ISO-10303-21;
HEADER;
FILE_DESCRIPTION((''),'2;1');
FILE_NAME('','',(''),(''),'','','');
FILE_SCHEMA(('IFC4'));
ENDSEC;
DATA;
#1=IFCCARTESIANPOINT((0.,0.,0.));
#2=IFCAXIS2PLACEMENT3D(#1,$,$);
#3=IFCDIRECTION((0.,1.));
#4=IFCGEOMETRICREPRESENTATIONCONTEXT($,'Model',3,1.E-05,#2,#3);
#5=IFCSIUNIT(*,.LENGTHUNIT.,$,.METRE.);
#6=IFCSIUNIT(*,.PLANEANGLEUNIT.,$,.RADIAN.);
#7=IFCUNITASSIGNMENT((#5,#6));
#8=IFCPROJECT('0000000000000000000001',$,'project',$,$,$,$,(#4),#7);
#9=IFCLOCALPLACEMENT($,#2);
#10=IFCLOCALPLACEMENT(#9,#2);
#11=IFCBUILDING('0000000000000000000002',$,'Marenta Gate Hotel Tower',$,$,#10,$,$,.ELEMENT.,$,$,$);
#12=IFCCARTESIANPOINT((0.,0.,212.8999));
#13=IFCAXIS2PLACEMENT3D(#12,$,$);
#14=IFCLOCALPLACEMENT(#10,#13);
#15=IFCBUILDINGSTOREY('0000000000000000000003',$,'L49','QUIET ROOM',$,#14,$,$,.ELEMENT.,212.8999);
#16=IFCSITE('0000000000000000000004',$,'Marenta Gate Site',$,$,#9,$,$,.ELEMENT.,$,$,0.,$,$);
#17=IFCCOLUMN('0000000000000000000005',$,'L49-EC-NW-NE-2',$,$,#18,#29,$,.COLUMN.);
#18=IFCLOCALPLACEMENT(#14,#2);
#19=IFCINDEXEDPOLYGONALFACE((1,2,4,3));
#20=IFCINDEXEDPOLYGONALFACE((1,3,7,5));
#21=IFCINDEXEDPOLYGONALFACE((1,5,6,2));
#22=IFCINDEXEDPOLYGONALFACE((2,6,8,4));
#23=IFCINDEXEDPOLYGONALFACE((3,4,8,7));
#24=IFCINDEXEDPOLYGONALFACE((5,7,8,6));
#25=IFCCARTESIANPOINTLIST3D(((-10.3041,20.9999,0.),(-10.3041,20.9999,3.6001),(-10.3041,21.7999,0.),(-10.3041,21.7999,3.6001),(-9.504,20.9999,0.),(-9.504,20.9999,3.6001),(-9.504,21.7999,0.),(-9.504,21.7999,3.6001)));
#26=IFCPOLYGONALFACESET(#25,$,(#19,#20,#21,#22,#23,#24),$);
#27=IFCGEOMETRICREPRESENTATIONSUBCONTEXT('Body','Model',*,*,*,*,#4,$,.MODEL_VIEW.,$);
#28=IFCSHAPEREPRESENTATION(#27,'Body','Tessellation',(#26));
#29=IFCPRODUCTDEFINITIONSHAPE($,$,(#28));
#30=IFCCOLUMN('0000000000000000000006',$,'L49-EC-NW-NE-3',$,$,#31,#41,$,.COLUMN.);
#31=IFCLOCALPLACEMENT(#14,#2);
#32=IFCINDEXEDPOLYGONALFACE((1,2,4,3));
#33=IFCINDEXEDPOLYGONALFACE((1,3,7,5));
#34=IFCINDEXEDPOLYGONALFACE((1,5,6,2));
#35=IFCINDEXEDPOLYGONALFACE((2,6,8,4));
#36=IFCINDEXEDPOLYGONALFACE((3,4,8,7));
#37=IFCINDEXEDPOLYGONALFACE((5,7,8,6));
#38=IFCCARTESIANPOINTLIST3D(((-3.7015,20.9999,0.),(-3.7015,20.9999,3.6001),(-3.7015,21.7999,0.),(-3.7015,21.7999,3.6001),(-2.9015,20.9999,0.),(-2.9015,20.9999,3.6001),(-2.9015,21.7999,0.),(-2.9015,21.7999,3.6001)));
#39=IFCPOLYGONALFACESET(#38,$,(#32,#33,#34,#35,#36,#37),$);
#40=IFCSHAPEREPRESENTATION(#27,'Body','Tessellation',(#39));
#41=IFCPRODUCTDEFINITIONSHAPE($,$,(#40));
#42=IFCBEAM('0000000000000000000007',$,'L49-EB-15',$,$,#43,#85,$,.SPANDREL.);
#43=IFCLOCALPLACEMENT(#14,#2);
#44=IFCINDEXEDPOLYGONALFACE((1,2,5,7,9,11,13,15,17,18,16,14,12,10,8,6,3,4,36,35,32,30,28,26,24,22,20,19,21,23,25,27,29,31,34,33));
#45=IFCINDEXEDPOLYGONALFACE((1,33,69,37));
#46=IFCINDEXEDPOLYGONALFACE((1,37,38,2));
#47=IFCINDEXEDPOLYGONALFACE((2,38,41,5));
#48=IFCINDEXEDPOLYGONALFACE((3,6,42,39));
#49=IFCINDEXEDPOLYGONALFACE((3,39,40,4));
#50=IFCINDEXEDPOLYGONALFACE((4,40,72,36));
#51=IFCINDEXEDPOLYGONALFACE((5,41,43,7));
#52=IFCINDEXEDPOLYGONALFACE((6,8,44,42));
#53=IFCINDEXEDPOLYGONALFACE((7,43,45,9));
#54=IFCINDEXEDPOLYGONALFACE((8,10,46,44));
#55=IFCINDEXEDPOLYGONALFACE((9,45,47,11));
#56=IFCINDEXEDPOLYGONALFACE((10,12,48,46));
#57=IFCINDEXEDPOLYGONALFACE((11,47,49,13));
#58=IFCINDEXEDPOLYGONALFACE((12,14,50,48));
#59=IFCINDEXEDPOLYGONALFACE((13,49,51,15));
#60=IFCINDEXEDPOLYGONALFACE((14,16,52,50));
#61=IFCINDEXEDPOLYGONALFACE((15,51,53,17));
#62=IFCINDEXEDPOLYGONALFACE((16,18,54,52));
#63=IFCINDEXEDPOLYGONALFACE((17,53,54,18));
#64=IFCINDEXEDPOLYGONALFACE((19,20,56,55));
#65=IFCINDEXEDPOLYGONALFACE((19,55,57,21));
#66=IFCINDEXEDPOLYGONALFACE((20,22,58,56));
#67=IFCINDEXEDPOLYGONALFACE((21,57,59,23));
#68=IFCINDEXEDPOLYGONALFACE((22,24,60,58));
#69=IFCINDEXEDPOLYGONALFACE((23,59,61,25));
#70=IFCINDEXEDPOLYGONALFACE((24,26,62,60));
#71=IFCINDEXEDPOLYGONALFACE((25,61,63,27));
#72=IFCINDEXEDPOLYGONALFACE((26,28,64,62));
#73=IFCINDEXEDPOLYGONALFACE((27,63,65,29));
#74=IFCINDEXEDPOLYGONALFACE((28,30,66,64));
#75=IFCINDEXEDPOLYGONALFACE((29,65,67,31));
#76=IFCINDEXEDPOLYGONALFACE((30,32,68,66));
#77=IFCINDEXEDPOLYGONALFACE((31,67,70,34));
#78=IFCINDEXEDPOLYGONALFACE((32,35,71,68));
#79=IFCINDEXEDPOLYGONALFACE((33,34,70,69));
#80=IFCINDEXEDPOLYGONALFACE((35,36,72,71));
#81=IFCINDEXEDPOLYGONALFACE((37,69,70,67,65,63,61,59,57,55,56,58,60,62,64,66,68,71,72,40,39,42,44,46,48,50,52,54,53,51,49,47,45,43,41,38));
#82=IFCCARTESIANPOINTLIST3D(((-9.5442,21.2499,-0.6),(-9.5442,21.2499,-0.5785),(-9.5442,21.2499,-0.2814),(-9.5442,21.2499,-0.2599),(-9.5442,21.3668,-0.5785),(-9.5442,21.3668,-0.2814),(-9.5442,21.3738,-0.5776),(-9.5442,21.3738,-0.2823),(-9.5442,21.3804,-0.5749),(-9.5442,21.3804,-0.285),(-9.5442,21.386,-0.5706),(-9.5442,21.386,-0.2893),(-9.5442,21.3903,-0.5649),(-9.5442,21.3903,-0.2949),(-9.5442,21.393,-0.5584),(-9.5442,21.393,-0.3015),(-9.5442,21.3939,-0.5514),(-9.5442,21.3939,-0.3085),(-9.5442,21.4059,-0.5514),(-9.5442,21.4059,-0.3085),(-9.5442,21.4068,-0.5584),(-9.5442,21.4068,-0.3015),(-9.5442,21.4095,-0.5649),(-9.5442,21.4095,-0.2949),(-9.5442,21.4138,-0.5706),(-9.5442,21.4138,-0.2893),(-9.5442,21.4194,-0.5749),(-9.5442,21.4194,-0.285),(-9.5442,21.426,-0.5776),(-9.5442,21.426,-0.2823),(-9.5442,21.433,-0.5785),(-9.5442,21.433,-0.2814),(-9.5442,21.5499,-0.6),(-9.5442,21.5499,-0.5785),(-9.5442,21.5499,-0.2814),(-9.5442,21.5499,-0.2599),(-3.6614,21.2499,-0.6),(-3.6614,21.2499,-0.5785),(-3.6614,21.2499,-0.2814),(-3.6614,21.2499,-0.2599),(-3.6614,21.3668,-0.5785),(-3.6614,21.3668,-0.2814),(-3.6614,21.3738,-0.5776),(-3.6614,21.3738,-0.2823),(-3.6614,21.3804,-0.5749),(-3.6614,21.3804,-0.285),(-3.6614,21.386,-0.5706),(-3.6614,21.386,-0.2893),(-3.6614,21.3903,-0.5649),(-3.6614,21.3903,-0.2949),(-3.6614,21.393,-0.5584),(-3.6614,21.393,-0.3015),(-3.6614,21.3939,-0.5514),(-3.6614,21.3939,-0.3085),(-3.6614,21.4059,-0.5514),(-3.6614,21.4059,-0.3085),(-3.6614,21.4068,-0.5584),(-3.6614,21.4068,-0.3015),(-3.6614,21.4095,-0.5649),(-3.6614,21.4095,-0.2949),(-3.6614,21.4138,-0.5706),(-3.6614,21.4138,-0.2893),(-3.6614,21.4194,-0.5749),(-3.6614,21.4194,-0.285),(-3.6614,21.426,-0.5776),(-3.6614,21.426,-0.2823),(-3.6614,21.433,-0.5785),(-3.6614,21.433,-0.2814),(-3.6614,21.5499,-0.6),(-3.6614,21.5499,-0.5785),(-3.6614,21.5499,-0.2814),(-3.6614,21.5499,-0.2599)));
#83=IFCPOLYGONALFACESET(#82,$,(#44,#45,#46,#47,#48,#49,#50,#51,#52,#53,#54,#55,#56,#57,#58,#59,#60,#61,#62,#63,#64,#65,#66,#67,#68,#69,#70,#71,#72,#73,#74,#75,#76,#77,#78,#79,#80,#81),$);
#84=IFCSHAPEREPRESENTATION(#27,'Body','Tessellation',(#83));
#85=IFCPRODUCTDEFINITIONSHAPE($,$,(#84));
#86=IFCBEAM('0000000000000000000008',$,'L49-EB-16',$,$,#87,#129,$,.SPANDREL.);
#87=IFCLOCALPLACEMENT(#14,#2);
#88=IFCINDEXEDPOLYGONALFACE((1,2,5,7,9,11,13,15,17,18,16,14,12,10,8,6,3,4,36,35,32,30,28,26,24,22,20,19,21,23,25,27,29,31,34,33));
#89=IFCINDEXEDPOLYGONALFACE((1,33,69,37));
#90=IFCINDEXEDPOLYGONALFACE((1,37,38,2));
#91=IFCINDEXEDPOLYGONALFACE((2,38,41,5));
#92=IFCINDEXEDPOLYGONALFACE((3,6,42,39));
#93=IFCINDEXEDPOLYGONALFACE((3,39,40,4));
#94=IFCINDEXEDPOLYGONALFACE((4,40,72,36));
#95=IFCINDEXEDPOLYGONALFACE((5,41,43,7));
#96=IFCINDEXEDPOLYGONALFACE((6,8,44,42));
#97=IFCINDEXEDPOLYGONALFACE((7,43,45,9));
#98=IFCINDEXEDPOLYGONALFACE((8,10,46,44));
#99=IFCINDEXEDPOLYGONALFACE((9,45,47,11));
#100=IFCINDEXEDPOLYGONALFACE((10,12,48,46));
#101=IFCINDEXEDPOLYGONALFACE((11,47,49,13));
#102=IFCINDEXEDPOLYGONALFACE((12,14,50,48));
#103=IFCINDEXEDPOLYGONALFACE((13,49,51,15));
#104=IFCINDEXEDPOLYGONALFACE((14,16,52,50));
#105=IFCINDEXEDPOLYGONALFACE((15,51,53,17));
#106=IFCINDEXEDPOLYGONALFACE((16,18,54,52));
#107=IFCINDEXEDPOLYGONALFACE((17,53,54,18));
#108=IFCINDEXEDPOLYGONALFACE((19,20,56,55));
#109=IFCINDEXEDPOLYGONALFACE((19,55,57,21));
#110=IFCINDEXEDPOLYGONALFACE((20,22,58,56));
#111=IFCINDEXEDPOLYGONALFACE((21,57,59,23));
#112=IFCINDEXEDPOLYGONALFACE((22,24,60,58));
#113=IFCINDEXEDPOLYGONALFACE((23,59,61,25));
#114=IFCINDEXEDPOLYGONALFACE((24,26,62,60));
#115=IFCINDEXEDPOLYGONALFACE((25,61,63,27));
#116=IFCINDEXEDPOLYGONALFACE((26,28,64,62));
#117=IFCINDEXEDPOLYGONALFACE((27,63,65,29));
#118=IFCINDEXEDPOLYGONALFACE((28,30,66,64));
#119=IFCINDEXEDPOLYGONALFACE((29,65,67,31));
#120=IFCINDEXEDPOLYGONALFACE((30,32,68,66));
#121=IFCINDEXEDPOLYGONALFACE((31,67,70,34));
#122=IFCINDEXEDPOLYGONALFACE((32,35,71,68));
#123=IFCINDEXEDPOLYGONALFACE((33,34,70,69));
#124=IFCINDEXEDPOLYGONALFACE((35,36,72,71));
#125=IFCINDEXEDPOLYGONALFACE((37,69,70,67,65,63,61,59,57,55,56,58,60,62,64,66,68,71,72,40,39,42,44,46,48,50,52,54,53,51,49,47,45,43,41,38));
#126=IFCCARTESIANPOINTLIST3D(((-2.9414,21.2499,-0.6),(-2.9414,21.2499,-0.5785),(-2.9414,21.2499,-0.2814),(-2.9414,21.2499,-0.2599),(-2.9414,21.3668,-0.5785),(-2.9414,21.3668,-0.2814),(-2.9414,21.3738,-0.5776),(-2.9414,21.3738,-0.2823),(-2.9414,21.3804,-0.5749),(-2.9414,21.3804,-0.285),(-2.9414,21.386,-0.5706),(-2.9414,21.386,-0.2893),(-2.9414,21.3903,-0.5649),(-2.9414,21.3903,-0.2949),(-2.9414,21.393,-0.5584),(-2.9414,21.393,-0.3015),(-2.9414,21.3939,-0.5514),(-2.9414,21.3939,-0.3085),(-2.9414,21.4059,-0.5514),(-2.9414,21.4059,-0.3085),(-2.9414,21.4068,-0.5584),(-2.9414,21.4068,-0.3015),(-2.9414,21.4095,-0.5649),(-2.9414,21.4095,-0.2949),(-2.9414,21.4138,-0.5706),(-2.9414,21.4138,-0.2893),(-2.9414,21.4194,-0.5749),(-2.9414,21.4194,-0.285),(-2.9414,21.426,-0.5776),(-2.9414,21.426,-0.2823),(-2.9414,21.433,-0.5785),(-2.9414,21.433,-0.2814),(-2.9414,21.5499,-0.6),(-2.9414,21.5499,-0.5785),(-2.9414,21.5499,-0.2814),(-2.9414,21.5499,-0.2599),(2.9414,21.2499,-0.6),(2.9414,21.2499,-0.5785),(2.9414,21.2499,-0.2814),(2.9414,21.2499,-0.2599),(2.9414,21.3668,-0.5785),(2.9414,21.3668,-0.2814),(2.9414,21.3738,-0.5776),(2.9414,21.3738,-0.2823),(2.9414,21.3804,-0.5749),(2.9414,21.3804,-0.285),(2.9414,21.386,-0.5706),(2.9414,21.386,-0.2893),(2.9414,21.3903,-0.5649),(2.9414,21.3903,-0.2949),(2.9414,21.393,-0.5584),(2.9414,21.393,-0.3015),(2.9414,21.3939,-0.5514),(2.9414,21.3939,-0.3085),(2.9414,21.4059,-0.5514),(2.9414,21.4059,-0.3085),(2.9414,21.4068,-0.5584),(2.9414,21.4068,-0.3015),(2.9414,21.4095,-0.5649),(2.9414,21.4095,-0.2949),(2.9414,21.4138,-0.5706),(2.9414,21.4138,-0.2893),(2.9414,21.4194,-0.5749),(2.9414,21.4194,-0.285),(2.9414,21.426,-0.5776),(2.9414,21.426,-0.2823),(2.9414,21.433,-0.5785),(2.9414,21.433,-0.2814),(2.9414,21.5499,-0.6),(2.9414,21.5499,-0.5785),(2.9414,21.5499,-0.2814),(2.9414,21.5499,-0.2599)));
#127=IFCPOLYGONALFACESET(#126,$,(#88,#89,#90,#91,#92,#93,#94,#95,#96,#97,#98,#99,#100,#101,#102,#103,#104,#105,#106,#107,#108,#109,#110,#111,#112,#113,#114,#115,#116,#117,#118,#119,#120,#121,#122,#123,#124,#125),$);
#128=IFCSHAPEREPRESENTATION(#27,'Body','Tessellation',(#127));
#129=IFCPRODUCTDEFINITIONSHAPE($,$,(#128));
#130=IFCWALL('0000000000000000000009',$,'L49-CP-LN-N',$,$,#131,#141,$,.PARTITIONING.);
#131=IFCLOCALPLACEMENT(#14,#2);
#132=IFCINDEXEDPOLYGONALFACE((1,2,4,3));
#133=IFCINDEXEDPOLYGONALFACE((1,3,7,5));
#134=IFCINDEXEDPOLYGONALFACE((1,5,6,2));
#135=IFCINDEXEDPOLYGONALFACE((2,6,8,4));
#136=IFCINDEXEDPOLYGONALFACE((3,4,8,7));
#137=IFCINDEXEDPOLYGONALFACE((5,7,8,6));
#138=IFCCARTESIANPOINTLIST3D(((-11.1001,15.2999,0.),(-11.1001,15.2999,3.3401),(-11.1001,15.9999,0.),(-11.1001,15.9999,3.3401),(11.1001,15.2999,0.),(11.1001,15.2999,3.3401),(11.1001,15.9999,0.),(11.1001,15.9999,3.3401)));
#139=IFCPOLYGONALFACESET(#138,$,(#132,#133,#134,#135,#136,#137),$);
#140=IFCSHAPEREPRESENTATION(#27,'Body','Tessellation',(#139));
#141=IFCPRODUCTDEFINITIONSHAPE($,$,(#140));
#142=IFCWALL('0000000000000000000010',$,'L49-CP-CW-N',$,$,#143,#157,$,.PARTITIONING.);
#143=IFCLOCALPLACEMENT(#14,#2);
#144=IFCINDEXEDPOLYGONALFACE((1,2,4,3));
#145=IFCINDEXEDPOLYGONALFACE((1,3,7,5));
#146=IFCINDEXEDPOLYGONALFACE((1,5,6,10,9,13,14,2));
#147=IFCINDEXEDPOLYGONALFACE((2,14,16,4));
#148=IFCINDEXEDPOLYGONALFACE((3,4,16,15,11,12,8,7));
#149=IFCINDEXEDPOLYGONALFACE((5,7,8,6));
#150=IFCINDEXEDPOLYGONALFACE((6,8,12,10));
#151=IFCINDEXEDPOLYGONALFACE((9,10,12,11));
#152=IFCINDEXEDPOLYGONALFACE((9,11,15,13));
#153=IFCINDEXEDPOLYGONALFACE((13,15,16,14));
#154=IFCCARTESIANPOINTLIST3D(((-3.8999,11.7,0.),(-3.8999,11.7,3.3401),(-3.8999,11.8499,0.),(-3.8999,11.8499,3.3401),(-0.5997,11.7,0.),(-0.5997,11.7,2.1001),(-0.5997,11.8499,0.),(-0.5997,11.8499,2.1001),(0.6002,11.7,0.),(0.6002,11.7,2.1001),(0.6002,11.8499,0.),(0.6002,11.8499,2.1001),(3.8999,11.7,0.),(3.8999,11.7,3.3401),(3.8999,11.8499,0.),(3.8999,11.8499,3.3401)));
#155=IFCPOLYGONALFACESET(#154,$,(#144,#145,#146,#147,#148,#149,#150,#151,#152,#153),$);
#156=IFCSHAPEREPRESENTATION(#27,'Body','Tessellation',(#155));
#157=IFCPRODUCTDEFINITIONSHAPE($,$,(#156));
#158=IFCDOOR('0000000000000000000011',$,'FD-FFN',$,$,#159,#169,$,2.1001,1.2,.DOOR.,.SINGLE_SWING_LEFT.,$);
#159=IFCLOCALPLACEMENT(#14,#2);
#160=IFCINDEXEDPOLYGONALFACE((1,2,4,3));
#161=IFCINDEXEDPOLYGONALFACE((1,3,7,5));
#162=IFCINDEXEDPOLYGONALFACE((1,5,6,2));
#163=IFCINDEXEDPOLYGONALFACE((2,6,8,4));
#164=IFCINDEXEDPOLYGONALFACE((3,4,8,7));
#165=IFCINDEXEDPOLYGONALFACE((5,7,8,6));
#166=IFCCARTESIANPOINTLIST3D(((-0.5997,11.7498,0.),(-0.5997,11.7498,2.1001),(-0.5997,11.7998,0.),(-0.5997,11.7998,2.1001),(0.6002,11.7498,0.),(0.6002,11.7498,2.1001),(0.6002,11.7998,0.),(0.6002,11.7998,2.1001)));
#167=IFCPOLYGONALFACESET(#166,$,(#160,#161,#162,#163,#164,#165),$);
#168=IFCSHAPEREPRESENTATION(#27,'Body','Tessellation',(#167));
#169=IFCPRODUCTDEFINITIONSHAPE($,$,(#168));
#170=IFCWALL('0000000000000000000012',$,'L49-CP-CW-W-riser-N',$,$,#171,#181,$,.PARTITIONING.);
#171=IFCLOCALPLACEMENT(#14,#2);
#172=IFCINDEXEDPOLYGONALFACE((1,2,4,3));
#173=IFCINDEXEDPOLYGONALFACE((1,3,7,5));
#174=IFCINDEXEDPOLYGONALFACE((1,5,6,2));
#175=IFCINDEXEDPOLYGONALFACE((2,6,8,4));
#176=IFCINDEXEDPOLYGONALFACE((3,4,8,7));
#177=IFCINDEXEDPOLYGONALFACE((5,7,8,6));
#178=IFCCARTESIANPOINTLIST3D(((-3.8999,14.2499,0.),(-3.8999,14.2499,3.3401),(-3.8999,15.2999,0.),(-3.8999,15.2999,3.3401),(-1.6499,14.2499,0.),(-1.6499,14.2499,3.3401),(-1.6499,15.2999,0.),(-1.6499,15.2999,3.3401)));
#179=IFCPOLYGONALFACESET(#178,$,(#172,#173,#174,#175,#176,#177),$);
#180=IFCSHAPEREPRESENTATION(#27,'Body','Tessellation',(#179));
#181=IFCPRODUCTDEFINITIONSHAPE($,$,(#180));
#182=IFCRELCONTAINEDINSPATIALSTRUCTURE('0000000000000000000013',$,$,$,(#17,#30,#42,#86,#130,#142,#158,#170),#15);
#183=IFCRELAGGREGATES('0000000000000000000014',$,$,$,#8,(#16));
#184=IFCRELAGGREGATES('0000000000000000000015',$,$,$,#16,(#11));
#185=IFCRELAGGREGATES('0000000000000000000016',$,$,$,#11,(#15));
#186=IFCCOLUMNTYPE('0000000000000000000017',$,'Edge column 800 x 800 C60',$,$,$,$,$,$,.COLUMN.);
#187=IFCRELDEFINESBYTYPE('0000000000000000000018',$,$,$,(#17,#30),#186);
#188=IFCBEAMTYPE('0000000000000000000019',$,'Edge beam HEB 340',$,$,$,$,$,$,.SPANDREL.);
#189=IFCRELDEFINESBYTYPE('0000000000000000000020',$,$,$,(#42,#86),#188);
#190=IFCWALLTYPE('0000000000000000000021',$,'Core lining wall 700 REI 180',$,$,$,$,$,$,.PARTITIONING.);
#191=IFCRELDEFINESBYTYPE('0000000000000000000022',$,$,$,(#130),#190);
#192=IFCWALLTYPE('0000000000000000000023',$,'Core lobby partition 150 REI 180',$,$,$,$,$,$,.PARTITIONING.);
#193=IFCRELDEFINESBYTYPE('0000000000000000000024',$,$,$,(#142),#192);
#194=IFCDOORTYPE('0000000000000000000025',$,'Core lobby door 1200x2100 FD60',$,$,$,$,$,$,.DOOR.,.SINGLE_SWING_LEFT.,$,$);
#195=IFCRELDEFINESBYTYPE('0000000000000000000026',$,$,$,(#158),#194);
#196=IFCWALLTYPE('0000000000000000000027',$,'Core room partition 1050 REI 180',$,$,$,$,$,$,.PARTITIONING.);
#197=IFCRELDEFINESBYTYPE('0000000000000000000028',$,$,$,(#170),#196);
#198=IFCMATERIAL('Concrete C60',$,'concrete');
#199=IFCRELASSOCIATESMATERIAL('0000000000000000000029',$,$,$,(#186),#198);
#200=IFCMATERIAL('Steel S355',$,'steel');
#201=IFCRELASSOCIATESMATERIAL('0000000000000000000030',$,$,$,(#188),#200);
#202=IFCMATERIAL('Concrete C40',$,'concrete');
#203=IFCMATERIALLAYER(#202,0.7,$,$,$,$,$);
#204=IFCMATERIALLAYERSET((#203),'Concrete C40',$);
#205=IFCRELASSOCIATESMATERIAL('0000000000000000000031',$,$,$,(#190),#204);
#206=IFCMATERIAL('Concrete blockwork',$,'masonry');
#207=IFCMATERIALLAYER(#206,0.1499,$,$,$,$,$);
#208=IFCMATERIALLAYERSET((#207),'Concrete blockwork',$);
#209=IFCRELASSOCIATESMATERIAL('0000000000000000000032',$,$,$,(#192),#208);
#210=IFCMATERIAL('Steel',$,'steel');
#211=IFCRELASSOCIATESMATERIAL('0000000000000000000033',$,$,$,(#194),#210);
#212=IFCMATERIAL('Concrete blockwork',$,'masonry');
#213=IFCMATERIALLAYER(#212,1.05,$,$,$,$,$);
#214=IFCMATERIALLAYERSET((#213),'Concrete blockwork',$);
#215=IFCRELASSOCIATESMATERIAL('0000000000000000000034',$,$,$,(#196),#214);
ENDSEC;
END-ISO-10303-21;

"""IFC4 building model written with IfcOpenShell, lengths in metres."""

from ifc_helpers import new_model, si_unit, direction, frame, frame_2d, origin, origin_2d, place, context, subcontext, project, spatial, rectangle, i_section, extrude, material, layer, layer_set, material_profile, profile_set, type_object, element, fill, save


model = new_model("IFC4")

# Units and contexts
model_context = context("Model", 3, precision=1e-05, world=origin(), true_north=direction((0.0, 1.0)))
body_context = subcontext(model_context, "Body", "Model", "MODEL_VIEW")
ifc_project = project(units=[si_unit("LENGTHUNIT", "METRE"), si_unit("PLANEANGLEUNIT", "RADIAN")], contexts=[model_context])

# Site, building, storey
site_placement = place(None, origin())
site = spatial("IfcSite", under=ifc_project, at=site_placement, Name="Marenta Gate Site", CompositionType="ELEMENT", RefElevation=0.0)
building_placement = place(site_placement, origin())
building = spatial("IfcBuilding", under=site, at=building_placement, Name="Marenta Gate Hotel Tower", CompositionType="ELEMENT")
storey_placement = place(building_placement, frame((0.0, 0.0, 212.8999)))
storey = spatial("IfcBuildingStorey", under=building, at=storey_placement, Name="L49", Description="QUIET ROOM", CompositionType="ELEMENT", Elevation=212.8999)

# Columns
ifc_material_1 = material(Name="Concrete C60", Category="concrete")
ifc_material_profile_1 = material_profile(ifc_material_1, rectangle(XDim=0.8, YDim=0.8, at=origin_2d()), Name="800 x 800")
ifc_profile_set_1 = profile_set([ifc_material_profile_1], Name="Concrete C60")
column_type = type_object("IfcColumnType", Name="Edge column 800 x 800 C60", PredefinedType="COLUMN", material=ifc_profile_set_1)
for number, where, z_axis, x_axis, name in (
    (1, (-9.9041, 21.3999, 0.0), (0.0, 0.0, 1.0), (1.0, 0.0, 0.0), "L49-EC-NW-NE-2"),
    (2, (-3.3015, 21.3999, 0.0), (0.0, 0.0, 1.0), (1.0, 0.0, 0.0), "L49-EC-NW-NE-3"),
):
    element("IfcColumn", number, at=place(storey_placement, frame(where, z_axis=z_axis, x_axis=x_axis)), inside=storey, type_object=column_type, Name=name, PredefinedType="COLUMN", context=body_context, shape_type="SweptSolid", body=[
        extrude(rectangle(XDim=0.8, YDim=0.8, at=origin_2d()), origin(), (0.0, 0.0, 1.0), 3.6001),
    ])

# Beams
ifc_material_2 = material(Name="Steel S355", Category="steel")
ifc_material_profile_2 = material_profile(ifc_material_2, i_section(OverallWidth=0.3, OverallDepth=0.3401, WebThickness=0.012, FlangeThickness=0.0215, FilletRadius=0.0271, at=origin_2d()), Name="HEB 340")
ifc_profile_set_2 = profile_set([ifc_material_profile_2], Name="Steel S355")
beam_type = type_object("IfcBeamType", Name="Edge beam HEB 340", PredefinedType="SPANDREL", material=ifc_profile_set_2)
for number, where, z_axis, x_axis, name in (
    (3, (-9.5442, 21.3999, -0.4299), (1.0, 0.0, 0.0), (0.0, 1.0, 0.0), "L49-EB-15"),
    (4, (-2.9414, 21.3999, -0.4299), (1.0, 0.0, 0.0), (0.0, 1.0, 0.0), "L49-EB-16"),
):
    element("IfcBeam", number, at=place(storey_placement, frame(where, z_axis=z_axis, x_axis=x_axis)), inside=storey, type_object=beam_type, Name=name, PredefinedType="SPANDREL", context=body_context, shape_type="SweptSolid", body=[
        extrude(i_section(OverallWidth=0.3, OverallDepth=0.3401, WebThickness=0.012, FlangeThickness=0.0215, FilletRadius=0.0271, at=origin_2d()), origin(), (0.0, 0.0, 1.0), 5.8828),
    ])

# Wall
ifc_material_3 = material(Name="Concrete C40", Category="concrete")
ifc_layer_1 = layer(ifc_material_3, 0.7)
ifc_layer_set_1 = layer_set([ifc_layer_1], Name="Concrete C40")
wall_type_1 = type_object("IfcWallType", Name="Core lining wall 700 REI 180", PredefinedType="PARTITIONING", material=ifc_layer_set_1)
wall_1_placement = place(storey_placement, frame((-11.1001, 15.6499, 0.0), z_axis=(0.0, 0.0, 1.0), x_axis=(1.0, 0.0, 0.0)))
element("IfcWall", 5, at=wall_1_placement, inside=storey, type_object=wall_type_1, Name="L49-CP-LN-N", PredefinedType="PARTITIONING", context=body_context, shape_type="SweptSolid", body=[
    extrude(rectangle(XDim=22.2002, YDim=0.7, at=frame_2d((11.1001, 0.0))), origin(), (0.0, 0.0, 1.0), 3.3401),
])

# Wall, opening, door
ifc_material_4 = material(Name="Concrete blockwork", Category="masonry")
ifc_layer_2 = layer(ifc_material_4, 0.1499)
ifc_layer_set_2 = layer_set([ifc_layer_2], Name="Concrete blockwork")
wall_type_2 = type_object("IfcWallType", Name="Core lobby partition 150 REI 180", PredefinedType="PARTITIONING", material=ifc_layer_set_2)
wall_2_placement = place(storey_placement, frame((-3.8999, 11.7749, 0.0), z_axis=(0.0, 0.0, 1.0), x_axis=(1.0, 0.0, 0.0)))
wall_2 = element("IfcWall", 6, at=wall_2_placement, inside=storey, type_object=wall_type_2, Name="L49-CP-CW-N", PredefinedType="PARTITIONING", context=body_context, shape_type="SweptSolid", body=[
    extrude(rectangle(XDim=7.7998, YDim=0.1499, at=frame_2d((3.8999, 0.0))), origin(), (0.0, 0.0, 1.0), 3.3401),
])
opening_1_placement = place(wall_2_placement, frame((3.3, 0.0, 0.0)))
opening_1 = element("IfcOpeningElement", 7, at=opening_1_placement, cuts=wall_2, PredefinedType="OPENING", context=body_context, shape_type="SweptSolid", body=[
    extrude(rectangle(XDim=1.2, YDim=2.1001, at=frame_2d((0.6001, 1.05))), frame((0.0, 0.075, 0.0), z_axis=(0.0, -1.0, 0.0), x_axis=(1.0, 0.0, 0.0)), (0.0, 0.0, 1.0), 0.1499),
])
ifc_material_5 = material(Name="Steel", Category="steel")
door_type_1 = type_object("IfcDoorType", Name="Core lobby door 1200x2100 FD60", OperationType="SINGLE_SWING_LEFT", PredefinedType="DOOR", material=ifc_material_5)
door_1_placement = place(opening_1_placement, origin())
door_1 = element("IfcDoor", 8, at=door_1_placement, inside=storey, type_object=door_type_1, Name="FD-FFN", OperationType="SINGLE_SWING_LEFT", OverallHeight=2.1001, OverallWidth=1.2, PredefinedType="DOOR", context=body_context, shape_type="SweptSolid", body=[
    extrude(rectangle(XDim=1.2, YDim=2.1001, at=frame_2d((0.6001, 1.05))), frame((0.0, 0.0249, 0.0), z_axis=(0.0, -1.0, 0.0), x_axis=(1.0, 0.0, 0.0)), (0.0, 0.0, 1.0), 0.05),
])
fill(opening_1, door_1)

# Wall
ifc_material_6 = material(Name="Concrete blockwork", Category="masonry")
ifc_layer_3 = layer(ifc_material_6, 1.05)
ifc_layer_set_3 = layer_set([ifc_layer_3], Name="Concrete blockwork")
wall_type_3 = type_object("IfcWallType", Name="Core room partition 1050 REI 180", PredefinedType="PARTITIONING", material=ifc_layer_set_3)
wall_3_placement = place(storey_placement, frame((-3.8999, 14.7749, 0.0), z_axis=(0.0, 0.0, 1.0), x_axis=(1.0, 0.0, 0.0)))
element("IfcWall", 9, at=wall_3_placement, inside=storey, type_object=wall_type_3, Name="L49-CP-CW-W-riser-N", PredefinedType="PARTITIONING", context=body_context, shape_type="SweptSolid", body=[
    extrude(rectangle(XDim=2.25, YDim=1.05, at=frame_2d((1.125, 0.0))), origin(), (0.0, 0.0, 1.0), 3.3401),
])

save(model, "model.ifc")
